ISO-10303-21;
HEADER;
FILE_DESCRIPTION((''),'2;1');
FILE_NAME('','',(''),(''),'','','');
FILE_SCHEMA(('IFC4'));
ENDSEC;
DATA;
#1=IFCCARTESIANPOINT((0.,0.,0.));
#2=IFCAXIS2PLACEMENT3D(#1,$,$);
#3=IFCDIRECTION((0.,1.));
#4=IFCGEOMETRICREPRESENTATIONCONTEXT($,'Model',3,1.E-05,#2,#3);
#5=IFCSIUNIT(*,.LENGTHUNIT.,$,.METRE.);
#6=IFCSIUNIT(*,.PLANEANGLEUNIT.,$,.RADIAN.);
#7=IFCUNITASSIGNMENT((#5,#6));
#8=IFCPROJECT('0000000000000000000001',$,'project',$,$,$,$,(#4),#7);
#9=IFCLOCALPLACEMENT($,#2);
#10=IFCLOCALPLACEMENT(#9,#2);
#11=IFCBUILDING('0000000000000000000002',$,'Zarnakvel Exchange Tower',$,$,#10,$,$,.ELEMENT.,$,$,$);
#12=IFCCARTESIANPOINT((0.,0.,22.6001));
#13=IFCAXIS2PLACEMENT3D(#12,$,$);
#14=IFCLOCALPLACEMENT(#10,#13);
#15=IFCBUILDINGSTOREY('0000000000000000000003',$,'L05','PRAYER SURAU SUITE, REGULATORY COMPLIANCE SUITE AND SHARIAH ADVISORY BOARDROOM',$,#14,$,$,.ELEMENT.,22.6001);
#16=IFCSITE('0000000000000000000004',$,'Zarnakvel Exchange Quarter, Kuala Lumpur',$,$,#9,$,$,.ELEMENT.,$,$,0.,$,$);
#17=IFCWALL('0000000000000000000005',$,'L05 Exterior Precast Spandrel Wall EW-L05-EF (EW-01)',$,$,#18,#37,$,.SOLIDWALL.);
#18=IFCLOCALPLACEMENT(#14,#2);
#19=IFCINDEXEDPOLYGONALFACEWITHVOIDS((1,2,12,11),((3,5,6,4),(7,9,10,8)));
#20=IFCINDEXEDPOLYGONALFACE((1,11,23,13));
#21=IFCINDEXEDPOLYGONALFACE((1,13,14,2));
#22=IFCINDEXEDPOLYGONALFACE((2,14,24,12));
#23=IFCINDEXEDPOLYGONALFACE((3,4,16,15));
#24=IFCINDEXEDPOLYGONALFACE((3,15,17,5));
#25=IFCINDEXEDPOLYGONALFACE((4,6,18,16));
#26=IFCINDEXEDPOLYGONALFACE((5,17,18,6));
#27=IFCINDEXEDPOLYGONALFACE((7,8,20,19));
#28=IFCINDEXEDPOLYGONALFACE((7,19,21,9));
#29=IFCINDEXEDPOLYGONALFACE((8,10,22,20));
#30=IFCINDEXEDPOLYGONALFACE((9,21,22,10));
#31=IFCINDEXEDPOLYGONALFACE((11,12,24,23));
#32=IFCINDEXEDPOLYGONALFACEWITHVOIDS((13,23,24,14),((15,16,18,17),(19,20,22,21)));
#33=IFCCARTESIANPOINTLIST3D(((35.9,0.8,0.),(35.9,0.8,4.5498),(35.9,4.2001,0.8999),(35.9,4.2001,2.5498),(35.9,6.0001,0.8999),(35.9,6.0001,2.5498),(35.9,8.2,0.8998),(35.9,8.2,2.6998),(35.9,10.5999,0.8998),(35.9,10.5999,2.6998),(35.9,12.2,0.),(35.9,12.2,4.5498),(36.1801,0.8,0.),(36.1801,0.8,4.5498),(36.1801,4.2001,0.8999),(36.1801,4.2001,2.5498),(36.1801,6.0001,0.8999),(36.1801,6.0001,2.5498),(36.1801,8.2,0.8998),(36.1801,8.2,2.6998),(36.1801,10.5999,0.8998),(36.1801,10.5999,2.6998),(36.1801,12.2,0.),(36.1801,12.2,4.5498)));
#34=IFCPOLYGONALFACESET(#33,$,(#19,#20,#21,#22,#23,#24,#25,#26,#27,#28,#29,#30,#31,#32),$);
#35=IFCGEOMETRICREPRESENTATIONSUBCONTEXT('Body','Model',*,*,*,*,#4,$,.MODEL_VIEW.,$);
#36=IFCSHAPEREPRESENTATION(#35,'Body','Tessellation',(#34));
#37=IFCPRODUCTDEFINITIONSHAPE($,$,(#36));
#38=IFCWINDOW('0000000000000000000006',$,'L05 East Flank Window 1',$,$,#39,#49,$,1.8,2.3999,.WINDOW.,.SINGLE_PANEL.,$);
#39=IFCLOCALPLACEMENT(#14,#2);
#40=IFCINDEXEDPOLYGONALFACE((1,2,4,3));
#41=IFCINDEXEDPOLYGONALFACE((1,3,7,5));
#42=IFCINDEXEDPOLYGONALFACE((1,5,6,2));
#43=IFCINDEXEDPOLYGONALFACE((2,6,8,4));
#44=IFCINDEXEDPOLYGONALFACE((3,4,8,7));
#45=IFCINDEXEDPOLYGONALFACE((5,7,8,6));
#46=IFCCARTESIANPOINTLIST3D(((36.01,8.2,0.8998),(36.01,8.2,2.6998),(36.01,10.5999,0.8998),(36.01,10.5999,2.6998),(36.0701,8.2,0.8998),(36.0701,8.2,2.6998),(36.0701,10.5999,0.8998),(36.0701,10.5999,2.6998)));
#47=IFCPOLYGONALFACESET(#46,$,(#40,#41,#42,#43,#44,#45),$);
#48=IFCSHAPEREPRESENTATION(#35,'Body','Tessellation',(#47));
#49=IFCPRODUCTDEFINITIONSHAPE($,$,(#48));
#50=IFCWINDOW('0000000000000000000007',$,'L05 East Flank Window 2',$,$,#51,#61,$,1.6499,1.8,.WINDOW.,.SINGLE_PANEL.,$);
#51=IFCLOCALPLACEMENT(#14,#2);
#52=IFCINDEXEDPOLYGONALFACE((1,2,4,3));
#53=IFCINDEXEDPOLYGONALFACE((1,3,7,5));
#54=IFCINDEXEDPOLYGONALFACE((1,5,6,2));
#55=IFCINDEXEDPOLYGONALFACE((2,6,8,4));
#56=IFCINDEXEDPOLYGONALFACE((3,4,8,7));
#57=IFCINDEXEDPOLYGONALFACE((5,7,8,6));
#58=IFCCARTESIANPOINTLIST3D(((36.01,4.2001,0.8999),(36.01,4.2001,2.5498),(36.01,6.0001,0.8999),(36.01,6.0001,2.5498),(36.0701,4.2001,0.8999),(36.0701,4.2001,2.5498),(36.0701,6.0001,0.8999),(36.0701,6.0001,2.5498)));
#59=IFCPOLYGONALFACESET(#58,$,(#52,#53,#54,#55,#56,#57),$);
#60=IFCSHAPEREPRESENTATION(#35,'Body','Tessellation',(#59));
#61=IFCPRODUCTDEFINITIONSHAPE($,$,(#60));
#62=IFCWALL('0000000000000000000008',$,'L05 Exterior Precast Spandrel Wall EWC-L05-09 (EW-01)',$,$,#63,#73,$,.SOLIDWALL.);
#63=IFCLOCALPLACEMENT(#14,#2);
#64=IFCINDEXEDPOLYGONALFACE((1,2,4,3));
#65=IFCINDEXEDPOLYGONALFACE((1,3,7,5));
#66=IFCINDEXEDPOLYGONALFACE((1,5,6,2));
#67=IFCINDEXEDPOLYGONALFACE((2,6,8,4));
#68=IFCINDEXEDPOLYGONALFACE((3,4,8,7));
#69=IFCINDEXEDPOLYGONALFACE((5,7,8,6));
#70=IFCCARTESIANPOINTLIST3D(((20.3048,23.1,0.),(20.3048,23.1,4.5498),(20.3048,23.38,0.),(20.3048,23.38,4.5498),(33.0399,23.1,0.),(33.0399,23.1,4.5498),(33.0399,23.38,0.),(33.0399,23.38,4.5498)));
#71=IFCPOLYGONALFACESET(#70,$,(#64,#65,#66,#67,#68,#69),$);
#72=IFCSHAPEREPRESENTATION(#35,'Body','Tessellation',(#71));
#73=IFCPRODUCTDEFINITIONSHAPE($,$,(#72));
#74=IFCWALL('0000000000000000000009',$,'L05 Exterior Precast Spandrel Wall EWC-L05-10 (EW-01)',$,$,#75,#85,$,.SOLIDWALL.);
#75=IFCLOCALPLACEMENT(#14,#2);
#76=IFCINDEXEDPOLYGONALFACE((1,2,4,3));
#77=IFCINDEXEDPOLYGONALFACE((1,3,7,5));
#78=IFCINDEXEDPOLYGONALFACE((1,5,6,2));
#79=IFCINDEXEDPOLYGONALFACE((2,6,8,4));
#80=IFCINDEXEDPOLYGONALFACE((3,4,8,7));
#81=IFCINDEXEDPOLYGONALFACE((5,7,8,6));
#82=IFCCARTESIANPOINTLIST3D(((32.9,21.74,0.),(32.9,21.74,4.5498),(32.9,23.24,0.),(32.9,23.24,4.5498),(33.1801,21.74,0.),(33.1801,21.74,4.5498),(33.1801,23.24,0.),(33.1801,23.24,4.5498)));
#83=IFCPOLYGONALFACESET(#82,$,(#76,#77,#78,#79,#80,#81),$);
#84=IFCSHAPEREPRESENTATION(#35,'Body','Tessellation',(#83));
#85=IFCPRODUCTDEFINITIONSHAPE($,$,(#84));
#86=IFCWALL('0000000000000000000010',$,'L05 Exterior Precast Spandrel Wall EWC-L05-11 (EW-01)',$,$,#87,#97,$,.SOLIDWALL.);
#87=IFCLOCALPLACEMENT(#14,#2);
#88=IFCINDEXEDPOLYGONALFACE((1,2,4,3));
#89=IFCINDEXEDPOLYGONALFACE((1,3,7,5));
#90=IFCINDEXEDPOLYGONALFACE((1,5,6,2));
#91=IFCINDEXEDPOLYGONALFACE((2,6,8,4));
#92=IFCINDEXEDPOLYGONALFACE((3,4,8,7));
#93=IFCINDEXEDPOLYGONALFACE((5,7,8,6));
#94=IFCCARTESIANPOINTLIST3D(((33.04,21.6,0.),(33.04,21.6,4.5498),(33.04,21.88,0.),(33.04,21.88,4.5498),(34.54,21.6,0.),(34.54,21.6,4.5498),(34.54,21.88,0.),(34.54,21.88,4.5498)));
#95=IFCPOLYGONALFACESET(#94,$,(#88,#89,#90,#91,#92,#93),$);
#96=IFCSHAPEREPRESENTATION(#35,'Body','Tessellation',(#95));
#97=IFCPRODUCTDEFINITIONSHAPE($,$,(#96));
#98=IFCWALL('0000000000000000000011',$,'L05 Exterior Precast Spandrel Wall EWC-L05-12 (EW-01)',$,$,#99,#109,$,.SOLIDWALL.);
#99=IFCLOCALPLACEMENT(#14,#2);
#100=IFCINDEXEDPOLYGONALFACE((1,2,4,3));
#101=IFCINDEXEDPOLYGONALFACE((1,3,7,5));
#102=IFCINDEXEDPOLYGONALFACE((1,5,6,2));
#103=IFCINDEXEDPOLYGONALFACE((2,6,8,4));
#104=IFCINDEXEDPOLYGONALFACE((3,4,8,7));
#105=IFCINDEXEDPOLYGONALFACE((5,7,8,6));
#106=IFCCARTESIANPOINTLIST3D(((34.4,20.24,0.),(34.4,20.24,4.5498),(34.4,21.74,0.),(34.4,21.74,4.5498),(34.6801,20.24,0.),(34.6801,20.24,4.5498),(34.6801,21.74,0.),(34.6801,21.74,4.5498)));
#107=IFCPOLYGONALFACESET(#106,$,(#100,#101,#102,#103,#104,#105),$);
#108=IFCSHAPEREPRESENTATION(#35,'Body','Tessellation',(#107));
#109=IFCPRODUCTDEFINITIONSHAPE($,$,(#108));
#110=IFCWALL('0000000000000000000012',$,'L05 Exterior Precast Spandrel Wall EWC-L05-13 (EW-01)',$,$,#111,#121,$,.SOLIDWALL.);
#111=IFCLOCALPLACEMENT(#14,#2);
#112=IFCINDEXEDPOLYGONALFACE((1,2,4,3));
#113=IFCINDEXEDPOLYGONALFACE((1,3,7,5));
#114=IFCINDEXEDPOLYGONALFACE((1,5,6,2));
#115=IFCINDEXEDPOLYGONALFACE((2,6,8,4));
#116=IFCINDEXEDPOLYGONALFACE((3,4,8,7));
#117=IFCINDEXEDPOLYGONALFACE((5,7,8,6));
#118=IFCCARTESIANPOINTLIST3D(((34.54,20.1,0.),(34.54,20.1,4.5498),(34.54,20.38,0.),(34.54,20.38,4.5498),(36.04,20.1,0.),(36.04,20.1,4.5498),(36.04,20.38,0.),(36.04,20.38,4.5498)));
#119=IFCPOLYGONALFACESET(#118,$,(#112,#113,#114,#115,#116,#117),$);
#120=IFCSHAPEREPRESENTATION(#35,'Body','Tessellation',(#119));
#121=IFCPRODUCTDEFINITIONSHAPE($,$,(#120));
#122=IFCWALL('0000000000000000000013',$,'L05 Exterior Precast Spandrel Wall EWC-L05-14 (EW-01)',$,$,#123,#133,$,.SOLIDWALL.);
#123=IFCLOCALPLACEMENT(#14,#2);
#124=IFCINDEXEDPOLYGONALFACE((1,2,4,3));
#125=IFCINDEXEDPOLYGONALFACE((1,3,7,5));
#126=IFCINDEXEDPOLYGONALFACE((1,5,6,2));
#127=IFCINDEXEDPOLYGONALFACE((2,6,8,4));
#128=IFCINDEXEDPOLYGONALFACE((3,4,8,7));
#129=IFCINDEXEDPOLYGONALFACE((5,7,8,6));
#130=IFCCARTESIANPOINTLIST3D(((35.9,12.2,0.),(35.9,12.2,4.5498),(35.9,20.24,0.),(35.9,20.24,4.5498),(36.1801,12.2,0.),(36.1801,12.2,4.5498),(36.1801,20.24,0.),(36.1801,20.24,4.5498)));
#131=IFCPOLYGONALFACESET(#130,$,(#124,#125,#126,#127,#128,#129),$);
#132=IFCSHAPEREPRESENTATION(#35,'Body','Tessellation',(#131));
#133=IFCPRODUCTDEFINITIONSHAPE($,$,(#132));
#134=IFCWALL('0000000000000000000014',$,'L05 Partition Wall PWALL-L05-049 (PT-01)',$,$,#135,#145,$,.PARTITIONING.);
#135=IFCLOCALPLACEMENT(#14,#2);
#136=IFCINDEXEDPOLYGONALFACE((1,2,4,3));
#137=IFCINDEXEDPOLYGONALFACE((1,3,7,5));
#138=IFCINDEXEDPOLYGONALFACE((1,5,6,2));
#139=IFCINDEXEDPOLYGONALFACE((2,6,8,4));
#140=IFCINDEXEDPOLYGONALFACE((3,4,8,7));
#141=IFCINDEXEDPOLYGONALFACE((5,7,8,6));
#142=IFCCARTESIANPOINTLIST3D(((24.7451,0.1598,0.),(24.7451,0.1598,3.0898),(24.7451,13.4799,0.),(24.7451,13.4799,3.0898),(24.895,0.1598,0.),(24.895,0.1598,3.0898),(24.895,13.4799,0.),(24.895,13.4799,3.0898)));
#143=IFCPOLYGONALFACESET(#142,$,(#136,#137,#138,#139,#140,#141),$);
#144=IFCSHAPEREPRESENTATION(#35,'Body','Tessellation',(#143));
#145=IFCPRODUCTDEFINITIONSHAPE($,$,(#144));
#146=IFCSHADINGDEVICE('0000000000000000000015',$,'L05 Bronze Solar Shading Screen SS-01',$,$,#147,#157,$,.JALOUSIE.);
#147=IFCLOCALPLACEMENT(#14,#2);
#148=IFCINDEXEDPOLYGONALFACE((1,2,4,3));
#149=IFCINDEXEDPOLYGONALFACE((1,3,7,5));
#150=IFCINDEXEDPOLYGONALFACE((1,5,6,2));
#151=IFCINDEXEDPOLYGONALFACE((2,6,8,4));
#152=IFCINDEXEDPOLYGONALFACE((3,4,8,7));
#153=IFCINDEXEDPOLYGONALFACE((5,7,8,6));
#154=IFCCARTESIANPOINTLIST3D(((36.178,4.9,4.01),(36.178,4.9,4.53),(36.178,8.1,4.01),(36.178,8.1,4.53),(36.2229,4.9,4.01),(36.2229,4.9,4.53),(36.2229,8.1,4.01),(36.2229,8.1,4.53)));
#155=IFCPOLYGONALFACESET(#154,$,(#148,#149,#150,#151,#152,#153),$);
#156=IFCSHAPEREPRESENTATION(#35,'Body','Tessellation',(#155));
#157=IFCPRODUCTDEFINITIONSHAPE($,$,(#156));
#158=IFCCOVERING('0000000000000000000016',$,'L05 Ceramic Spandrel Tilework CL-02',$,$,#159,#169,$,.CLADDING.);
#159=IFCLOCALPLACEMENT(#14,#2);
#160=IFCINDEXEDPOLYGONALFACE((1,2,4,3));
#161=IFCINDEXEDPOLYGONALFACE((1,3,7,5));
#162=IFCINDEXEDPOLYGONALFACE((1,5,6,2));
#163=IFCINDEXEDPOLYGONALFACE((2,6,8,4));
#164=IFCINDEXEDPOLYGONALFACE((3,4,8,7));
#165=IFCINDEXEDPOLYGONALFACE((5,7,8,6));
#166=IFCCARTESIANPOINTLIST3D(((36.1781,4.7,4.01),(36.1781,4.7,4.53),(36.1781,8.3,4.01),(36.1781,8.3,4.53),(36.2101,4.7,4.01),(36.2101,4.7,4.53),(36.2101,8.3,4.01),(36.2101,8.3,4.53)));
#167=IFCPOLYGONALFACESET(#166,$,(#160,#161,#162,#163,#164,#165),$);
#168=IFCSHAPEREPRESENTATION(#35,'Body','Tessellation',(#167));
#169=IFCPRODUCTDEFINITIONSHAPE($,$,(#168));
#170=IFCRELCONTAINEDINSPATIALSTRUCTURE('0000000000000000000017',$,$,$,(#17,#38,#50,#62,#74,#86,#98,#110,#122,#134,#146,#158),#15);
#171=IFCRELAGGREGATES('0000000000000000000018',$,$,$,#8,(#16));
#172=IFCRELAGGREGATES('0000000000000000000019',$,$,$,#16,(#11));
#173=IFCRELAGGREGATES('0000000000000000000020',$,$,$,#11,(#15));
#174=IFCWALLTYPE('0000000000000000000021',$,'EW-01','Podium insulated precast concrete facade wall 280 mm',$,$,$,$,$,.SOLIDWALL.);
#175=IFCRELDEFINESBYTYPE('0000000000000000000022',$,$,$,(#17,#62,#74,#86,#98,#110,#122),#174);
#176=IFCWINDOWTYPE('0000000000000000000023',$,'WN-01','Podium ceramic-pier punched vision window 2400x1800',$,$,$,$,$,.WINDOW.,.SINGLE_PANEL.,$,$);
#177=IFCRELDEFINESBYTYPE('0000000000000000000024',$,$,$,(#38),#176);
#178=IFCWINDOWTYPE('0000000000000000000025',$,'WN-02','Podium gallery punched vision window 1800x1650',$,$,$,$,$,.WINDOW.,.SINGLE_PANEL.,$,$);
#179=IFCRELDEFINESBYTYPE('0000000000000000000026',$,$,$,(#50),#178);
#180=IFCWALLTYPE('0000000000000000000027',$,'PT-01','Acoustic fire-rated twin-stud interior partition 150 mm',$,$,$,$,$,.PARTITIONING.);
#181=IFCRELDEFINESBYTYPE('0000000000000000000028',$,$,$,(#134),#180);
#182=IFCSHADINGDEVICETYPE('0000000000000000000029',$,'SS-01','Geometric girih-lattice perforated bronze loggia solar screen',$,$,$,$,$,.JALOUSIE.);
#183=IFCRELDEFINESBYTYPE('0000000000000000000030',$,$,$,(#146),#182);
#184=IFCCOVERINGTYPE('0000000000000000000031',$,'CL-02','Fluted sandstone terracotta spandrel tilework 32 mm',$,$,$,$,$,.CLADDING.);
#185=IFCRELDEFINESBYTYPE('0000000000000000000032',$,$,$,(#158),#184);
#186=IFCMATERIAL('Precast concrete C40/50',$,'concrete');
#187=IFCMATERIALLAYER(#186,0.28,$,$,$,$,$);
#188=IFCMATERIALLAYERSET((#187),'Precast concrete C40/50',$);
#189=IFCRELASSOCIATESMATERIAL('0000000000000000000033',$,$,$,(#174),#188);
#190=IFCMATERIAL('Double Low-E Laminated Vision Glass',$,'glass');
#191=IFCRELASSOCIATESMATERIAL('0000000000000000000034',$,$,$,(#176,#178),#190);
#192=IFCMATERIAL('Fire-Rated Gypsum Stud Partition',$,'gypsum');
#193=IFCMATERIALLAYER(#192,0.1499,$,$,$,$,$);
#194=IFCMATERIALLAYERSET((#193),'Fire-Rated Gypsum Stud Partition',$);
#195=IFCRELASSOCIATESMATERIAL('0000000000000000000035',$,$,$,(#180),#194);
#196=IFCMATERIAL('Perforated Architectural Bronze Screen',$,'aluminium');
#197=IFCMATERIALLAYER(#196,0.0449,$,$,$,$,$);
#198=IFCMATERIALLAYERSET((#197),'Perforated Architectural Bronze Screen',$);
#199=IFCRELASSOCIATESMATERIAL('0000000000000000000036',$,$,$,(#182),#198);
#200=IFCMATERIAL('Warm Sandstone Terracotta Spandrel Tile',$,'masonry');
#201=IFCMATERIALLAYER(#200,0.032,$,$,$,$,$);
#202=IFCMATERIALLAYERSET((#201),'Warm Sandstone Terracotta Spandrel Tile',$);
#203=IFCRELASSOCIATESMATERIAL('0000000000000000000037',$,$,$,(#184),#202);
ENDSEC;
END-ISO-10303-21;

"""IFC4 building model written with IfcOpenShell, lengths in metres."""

from ifc_helpers import new_model, si_unit, direction, frame, frame_2d, origin, origin_2d, place, context, subcontext, project, spatial, rectangle, extrude, source, transform, mapped, material, layer, layer_set, type_object, element, fill, save


model = new_model("IFC4")

# Units and contexts
model_context = context("Model", 3, precision=1e-05, world=origin(), true_north=direction((0.0, 1.0)))
body_context = subcontext(model_context, "Body", "Model", "MODEL_VIEW")
ifc_project = project(units=[si_unit("LENGTHUNIT", "METRE"), si_unit("PLANEANGLEUNIT", "RADIAN")], contexts=[model_context])

# Site, building, storey
site_placement = place(None, origin())
site = spatial("IfcSite", under=ifc_project, at=site_placement, Name="Zarnakvel Exchange Quarter, Kuala Lumpur", CompositionType="ELEMENT", RefElevation=0.0)
building_placement = place(site_placement, origin())
building = spatial("IfcBuilding", under=site, at=building_placement, Name="Zarnakvel Exchange Tower", CompositionType="ELEMENT")
storey_placement = place(building_placement, frame((0.0, 0.0, 22.6001)))
storey = spatial("IfcBuildingStorey", under=building, at=storey_placement, Name="L05", Description="PRAYER SURAU SUITE, REGULATORY COMPLIANCE SUITE AND SHARIAH ADVISORY BOARDROOM", CompositionType="ELEMENT", Elevation=22.6001)

# Shared definitions
ifc_material_1 = material(Name="Double Low-E Laminated Vision Glass", Category="glass")

# Wall, openings, windows
ifc_material_2 = material(Name="Precast concrete C40/50", Category="concrete")
ifc_layer_1 = layer(ifc_material_2, 0.28)
ifc_layer_set_1 = layer_set([ifc_layer_1], Name="Precast concrete C40/50")
wall_type_1 = type_object("IfcWallType", Name="EW-01", Description="Podium insulated precast concrete facade wall 280 mm", PredefinedType="SOLIDWALL", material=ifc_layer_set_1)
wall_1_placement = place(storey_placement, frame((36.04, 12.2, 0.0), z_axis=(0.0, 0.0, 1.0), x_axis=(0.0, -1.0, 0.0)))
wall_1 = element("IfcWall", 1, at=wall_1_placement, inside=storey, type_object=wall_type_1, Name="L05 Exterior Precast Spandrel Wall EW-L05-EF (EW-01)", PredefinedType="SOLIDWALL", context=body_context, shape_type="SweptSolid", body=[
    extrude(rectangle(XDim=11.3999, YDim=0.28, at=frame_2d((5.7, 0.0))), origin(), (0.0, 0.0, 1.0), 4.5498),
])
opening_1_placement = place(wall_1_placement, frame((1.6001, 0.0, 0.8999)))
opening_1 = element("IfcOpeningElement", 2, at=opening_1_placement, cuts=wall_1, PredefinedType="OPENING", context=body_context, shape_type="SweptSolid", body=[
    extrude(rectangle(XDim=2.3999, YDim=1.8, at=frame_2d((1.2, 0.8999))), frame((0.0, 0.1499, 0.0), z_axis=(0.0, -1.0, 0.0), x_axis=(1.0, 0.0, 0.0)), (0.0, 0.0, 1.0), 0.3),
])
opening_2_placement = place(wall_1_placement, frame((6.2, 0.0, 0.8999)))
opening_2 = element("IfcOpeningElement", 3, at=opening_2_placement, cuts=wall_1, PredefinedType="OPENING", context=body_context, shape_type="SweptSolid", body=[
    extrude(rectangle(XDim=1.8, YDim=1.6499, at=frame_2d((0.8999, 0.825))), frame((0.0, 0.1499, 0.0), z_axis=(0.0, -1.0, 0.0), x_axis=(1.0, 0.0, 0.0)), (0.0, 0.0, 1.0), 0.3),
])
window_type_1 = type_object("IfcWindowType", Name="WN-01", Description="Podium ceramic-pier punched vision window 2400x1800", PartitioningType="SINGLE_PANEL", PredefinedType="WINDOW", material=ifc_material_1)
shared_shape_1 = source(origin(), body_context, "Body", "SweptSolid", [
    extrude(rectangle(XDim=2.3999, YDim=1.8, at=frame_2d((1.2, 0.8999))), frame((0.0, 0.03, 0.0), z_axis=(0.0, -1.0, 0.0), x_axis=(1.0, 0.0, 0.0)), (0.0, 0.0, 1.0), 0.0601),
])
window_1_placement = place(opening_1_placement, origin())
window_1 = element("IfcWindow", 4, at=window_1_placement, inside=storey, type_object=window_type_1, Name="L05 East Flank Window 1", OverallHeight=1.8, OverallWidth=2.3999, PartitioningType="SINGLE_PANEL", PredefinedType="WINDOW", context=body_context, shape_type="MappedRepresentation", body=[
    mapped(shared_shape_1, transform((0.0, 0.0, 0.0), x_axis=(1.0, 0.0, 0.0), y_axis=(0.0, 1.0, 0.0), z_axis=(0.0, 0.0, 1.0), scale=1.0)),
])
fill(opening_1, window_1)
window_type_2 = type_object("IfcWindowType", Name="WN-02", Description="Podium gallery punched vision window 1800x1650", PartitioningType="SINGLE_PANEL", PredefinedType="WINDOW", material=ifc_material_1)
shared_shape_2 = source(origin(), body_context, "Body", "SweptSolid", [
    extrude(rectangle(XDim=1.8, YDim=1.6499, at=frame_2d((0.8999, 0.825))), frame((0.0, 0.03, 0.0), z_axis=(0.0, -1.0, 0.0), x_axis=(1.0, 0.0, 0.0)), (0.0, 0.0, 1.0), 0.0601),
])
window_2_placement = place(opening_2_placement, origin())
window_2 = element("IfcWindow", 5, at=window_2_placement, inside=storey, type_object=window_type_2, Name="L05 East Flank Window 2", OverallHeight=1.6499, OverallWidth=1.8, PartitioningType="SINGLE_PANEL", PredefinedType="WINDOW", context=body_context, shape_type="MappedRepresentation", body=[
    mapped(shared_shape_2, transform((0.0, 0.0, 0.0), x_axis=(1.0, 0.0, 0.0), y_axis=(0.0, 1.0, 0.0), z_axis=(0.0, 0.0, 1.0), scale=1.0)),
])
fill(opening_2, window_2)

# Walls
wall_2_placement = place(storey_placement, frame((33.04, 23.24, 0.0), z_axis=(0.0, 0.0, 1.0), x_axis=(-1.0, 0.0, 0.0)))
element("IfcWall", 6, at=wall_2_placement, inside=storey, type_object=wall_type_1, Name="L05 Exterior Precast Spandrel Wall EWC-L05-09 (EW-01)", PredefinedType="SOLIDWALL", context=body_context, shape_type="SweptSolid", body=[
    extrude(rectangle(XDim=12.7351, YDim=0.28, at=frame_2d((6.3677, 0.0))), origin(), (0.0, 0.0, 1.0), 4.5498),
])
for number, where, z_axis, x_axis, name in (
    (7, (33.04, 21.74, 0.0), (0.0, 0.0, 1.0), (0.0, 1.0, 0.0), "L05 Exterior Precast Spandrel Wall EWC-L05-10 (EW-01)"),
    (8, (34.54, 21.74, 0.0), (0.0, 0.0, 1.0), (-1.0, 0.0, 0.0), "L05 Exterior Precast Spandrel Wall EWC-L05-11 (EW-01)"),
    (9, (34.54, 20.24, 0.0), (0.0, 0.0, 1.0), (0.0, 1.0, 0.0), "L05 Exterior Precast Spandrel Wall EWC-L05-12 (EW-01)"),
    (10, (36.04, 20.24, 0.0), (0.0, 0.0, 1.0), (-1.0, 0.0, 0.0), "L05 Exterior Precast Spandrel Wall EWC-L05-13 (EW-01)"),
):
    element("IfcWall", number, at=place(storey_placement, frame(where, z_axis=z_axis, x_axis=x_axis)), inside=storey, type_object=wall_type_1, Name=name, PredefinedType="SOLIDWALL", context=body_context, shape_type="SweptSolid", body=[
        extrude(rectangle(XDim=1.5, YDim=0.28, at=frame_2d((0.75, 0.0))), origin(), (0.0, 0.0, 1.0), 4.5498),
    ])
wall_3_placement = place(storey_placement, frame((36.04, 12.2, 0.0), z_axis=(0.0, 0.0, 1.0), x_axis=(0.0, 1.0, 0.0)))
element("IfcWall", 11, at=wall_3_placement, inside=storey, type_object=wall_type_1, Name="L05 Exterior Precast Spandrel Wall EWC-L05-14 (EW-01)", PredefinedType="SOLIDWALL", context=body_context, shape_type="SweptSolid", body=[
    extrude(rectangle(XDim=8.04, YDim=0.28, at=frame_2d((4.02, 0.0))), origin(), (0.0, 0.0, 1.0), 4.5498),
])
ifc_material_3 = material(Name="Fire-Rated Gypsum Stud Partition", Category="gypsum")
ifc_layer_2 = layer(ifc_material_3, 0.1499)
ifc_layer_set_2 = layer_set([ifc_layer_2], Name="Fire-Rated Gypsum Stud Partition")
wall_type_2 = type_object("IfcWallType", Name="PT-01", Description="Acoustic fire-rated twin-stud interior partition 150 mm", PredefinedType="PARTITIONING", material=ifc_layer_set_2)
wall_4_placement = place(storey_placement, frame((24.8201, 13.48, 0.0), z_axis=(0.0, 0.0, 1.0), x_axis=(0.0, -1.0, 0.0)))
element("IfcWall", 12, at=wall_4_placement, inside=storey, type_object=wall_type_2, Name="L05 Partition Wall PWALL-L05-049 (PT-01)", PredefinedType="PARTITIONING", context=body_context, shape_type="SweptSolid", body=[
    extrude(rectangle(XDim=13.3201, YDim=0.1499, at=frame_2d((6.6602, 0.0))), origin(), (0.0, 0.0, 1.0), 3.0898),
])

# Shading device
ifc_material_4 = material(Name="Perforated Architectural Bronze Screen", Category="aluminium")
ifc_layer_3 = layer(ifc_material_4, 0.0449)
ifc_layer_set_3 = layer_set([ifc_layer_3], Name="Perforated Architectural Bronze Screen")
shading_device_type = type_object("IfcShadingDeviceType", Name="SS-01", Description="Geometric girih-lattice perforated bronze loggia solar screen", PredefinedType="JALOUSIE", material=ifc_layer_set_3)
shared_shape_3 = source(origin(), body_context, "Body", "SweptSolid", [
    extrude(rectangle(XDim=3.2, YDim=0.0449, at=origin_2d()), origin(), (0.0, 0.0, 1.0), 0.52),
])
shading_device_placement = place(storey_placement, frame((36.2004, 6.5, 4.01), z_axis=(0.0, 0.0, 1.0), x_axis=(0.0, -1.0, 0.0)))
element("IfcShadingDevice", 13, at=shading_device_placement, inside=storey, type_object=shading_device_type, Name="L05 Bronze Solar Shading Screen SS-01", PredefinedType="JALOUSIE", context=body_context, shape_type="MappedRepresentation", body=[
    mapped(shared_shape_3, transform((0.0, 0.0, 0.0), x_axis=(1.0, 0.0, 0.0), y_axis=(0.0, 1.0, 0.0), z_axis=(0.0, 0.0, 1.0), scale=1.0)),
])

# Covering
ifc_material_5 = material(Name="Warm Sandstone Terracotta Spandrel Tile", Category="masonry")
ifc_layer_4 = layer(ifc_material_5, 0.032)
ifc_layer_set_4 = layer_set([ifc_layer_4], Name="Warm Sandstone Terracotta Spandrel Tile")
covering_type = type_object("IfcCoveringType", Name="CL-02", Description="Fluted sandstone terracotta spandrel tilework 32 mm", PredefinedType="CLADDING", material=ifc_layer_set_4)
shared_shape_4 = source(origin(), body_context, "Body", "SweptSolid", [
    extrude(rectangle(XDim=3.6001, YDim=0.032, at=origin_2d()), origin(), (0.0, 0.0, 1.0), 0.52),
])
covering_placement = place(storey_placement, frame((36.1941, 6.5, 4.01), z_axis=(0.0, 0.0, 1.0), x_axis=(0.0, -1.0, 0.0)))
element("IfcCovering", 14, at=covering_placement, inside=storey, type_object=covering_type, Name="L05 Ceramic Spandrel Tilework CL-02", PredefinedType="CLADDING", context=body_context, shape_type="MappedRepresentation", body=[
    mapped(shared_shape_4, transform((0.0, 0.0, 0.0), x_axis=(1.0, 0.0, 0.0), y_axis=(0.0, 1.0, 0.0), z_axis=(0.0, 0.0, 1.0), scale=1.0)),
])

save(model, "model.ifc")
